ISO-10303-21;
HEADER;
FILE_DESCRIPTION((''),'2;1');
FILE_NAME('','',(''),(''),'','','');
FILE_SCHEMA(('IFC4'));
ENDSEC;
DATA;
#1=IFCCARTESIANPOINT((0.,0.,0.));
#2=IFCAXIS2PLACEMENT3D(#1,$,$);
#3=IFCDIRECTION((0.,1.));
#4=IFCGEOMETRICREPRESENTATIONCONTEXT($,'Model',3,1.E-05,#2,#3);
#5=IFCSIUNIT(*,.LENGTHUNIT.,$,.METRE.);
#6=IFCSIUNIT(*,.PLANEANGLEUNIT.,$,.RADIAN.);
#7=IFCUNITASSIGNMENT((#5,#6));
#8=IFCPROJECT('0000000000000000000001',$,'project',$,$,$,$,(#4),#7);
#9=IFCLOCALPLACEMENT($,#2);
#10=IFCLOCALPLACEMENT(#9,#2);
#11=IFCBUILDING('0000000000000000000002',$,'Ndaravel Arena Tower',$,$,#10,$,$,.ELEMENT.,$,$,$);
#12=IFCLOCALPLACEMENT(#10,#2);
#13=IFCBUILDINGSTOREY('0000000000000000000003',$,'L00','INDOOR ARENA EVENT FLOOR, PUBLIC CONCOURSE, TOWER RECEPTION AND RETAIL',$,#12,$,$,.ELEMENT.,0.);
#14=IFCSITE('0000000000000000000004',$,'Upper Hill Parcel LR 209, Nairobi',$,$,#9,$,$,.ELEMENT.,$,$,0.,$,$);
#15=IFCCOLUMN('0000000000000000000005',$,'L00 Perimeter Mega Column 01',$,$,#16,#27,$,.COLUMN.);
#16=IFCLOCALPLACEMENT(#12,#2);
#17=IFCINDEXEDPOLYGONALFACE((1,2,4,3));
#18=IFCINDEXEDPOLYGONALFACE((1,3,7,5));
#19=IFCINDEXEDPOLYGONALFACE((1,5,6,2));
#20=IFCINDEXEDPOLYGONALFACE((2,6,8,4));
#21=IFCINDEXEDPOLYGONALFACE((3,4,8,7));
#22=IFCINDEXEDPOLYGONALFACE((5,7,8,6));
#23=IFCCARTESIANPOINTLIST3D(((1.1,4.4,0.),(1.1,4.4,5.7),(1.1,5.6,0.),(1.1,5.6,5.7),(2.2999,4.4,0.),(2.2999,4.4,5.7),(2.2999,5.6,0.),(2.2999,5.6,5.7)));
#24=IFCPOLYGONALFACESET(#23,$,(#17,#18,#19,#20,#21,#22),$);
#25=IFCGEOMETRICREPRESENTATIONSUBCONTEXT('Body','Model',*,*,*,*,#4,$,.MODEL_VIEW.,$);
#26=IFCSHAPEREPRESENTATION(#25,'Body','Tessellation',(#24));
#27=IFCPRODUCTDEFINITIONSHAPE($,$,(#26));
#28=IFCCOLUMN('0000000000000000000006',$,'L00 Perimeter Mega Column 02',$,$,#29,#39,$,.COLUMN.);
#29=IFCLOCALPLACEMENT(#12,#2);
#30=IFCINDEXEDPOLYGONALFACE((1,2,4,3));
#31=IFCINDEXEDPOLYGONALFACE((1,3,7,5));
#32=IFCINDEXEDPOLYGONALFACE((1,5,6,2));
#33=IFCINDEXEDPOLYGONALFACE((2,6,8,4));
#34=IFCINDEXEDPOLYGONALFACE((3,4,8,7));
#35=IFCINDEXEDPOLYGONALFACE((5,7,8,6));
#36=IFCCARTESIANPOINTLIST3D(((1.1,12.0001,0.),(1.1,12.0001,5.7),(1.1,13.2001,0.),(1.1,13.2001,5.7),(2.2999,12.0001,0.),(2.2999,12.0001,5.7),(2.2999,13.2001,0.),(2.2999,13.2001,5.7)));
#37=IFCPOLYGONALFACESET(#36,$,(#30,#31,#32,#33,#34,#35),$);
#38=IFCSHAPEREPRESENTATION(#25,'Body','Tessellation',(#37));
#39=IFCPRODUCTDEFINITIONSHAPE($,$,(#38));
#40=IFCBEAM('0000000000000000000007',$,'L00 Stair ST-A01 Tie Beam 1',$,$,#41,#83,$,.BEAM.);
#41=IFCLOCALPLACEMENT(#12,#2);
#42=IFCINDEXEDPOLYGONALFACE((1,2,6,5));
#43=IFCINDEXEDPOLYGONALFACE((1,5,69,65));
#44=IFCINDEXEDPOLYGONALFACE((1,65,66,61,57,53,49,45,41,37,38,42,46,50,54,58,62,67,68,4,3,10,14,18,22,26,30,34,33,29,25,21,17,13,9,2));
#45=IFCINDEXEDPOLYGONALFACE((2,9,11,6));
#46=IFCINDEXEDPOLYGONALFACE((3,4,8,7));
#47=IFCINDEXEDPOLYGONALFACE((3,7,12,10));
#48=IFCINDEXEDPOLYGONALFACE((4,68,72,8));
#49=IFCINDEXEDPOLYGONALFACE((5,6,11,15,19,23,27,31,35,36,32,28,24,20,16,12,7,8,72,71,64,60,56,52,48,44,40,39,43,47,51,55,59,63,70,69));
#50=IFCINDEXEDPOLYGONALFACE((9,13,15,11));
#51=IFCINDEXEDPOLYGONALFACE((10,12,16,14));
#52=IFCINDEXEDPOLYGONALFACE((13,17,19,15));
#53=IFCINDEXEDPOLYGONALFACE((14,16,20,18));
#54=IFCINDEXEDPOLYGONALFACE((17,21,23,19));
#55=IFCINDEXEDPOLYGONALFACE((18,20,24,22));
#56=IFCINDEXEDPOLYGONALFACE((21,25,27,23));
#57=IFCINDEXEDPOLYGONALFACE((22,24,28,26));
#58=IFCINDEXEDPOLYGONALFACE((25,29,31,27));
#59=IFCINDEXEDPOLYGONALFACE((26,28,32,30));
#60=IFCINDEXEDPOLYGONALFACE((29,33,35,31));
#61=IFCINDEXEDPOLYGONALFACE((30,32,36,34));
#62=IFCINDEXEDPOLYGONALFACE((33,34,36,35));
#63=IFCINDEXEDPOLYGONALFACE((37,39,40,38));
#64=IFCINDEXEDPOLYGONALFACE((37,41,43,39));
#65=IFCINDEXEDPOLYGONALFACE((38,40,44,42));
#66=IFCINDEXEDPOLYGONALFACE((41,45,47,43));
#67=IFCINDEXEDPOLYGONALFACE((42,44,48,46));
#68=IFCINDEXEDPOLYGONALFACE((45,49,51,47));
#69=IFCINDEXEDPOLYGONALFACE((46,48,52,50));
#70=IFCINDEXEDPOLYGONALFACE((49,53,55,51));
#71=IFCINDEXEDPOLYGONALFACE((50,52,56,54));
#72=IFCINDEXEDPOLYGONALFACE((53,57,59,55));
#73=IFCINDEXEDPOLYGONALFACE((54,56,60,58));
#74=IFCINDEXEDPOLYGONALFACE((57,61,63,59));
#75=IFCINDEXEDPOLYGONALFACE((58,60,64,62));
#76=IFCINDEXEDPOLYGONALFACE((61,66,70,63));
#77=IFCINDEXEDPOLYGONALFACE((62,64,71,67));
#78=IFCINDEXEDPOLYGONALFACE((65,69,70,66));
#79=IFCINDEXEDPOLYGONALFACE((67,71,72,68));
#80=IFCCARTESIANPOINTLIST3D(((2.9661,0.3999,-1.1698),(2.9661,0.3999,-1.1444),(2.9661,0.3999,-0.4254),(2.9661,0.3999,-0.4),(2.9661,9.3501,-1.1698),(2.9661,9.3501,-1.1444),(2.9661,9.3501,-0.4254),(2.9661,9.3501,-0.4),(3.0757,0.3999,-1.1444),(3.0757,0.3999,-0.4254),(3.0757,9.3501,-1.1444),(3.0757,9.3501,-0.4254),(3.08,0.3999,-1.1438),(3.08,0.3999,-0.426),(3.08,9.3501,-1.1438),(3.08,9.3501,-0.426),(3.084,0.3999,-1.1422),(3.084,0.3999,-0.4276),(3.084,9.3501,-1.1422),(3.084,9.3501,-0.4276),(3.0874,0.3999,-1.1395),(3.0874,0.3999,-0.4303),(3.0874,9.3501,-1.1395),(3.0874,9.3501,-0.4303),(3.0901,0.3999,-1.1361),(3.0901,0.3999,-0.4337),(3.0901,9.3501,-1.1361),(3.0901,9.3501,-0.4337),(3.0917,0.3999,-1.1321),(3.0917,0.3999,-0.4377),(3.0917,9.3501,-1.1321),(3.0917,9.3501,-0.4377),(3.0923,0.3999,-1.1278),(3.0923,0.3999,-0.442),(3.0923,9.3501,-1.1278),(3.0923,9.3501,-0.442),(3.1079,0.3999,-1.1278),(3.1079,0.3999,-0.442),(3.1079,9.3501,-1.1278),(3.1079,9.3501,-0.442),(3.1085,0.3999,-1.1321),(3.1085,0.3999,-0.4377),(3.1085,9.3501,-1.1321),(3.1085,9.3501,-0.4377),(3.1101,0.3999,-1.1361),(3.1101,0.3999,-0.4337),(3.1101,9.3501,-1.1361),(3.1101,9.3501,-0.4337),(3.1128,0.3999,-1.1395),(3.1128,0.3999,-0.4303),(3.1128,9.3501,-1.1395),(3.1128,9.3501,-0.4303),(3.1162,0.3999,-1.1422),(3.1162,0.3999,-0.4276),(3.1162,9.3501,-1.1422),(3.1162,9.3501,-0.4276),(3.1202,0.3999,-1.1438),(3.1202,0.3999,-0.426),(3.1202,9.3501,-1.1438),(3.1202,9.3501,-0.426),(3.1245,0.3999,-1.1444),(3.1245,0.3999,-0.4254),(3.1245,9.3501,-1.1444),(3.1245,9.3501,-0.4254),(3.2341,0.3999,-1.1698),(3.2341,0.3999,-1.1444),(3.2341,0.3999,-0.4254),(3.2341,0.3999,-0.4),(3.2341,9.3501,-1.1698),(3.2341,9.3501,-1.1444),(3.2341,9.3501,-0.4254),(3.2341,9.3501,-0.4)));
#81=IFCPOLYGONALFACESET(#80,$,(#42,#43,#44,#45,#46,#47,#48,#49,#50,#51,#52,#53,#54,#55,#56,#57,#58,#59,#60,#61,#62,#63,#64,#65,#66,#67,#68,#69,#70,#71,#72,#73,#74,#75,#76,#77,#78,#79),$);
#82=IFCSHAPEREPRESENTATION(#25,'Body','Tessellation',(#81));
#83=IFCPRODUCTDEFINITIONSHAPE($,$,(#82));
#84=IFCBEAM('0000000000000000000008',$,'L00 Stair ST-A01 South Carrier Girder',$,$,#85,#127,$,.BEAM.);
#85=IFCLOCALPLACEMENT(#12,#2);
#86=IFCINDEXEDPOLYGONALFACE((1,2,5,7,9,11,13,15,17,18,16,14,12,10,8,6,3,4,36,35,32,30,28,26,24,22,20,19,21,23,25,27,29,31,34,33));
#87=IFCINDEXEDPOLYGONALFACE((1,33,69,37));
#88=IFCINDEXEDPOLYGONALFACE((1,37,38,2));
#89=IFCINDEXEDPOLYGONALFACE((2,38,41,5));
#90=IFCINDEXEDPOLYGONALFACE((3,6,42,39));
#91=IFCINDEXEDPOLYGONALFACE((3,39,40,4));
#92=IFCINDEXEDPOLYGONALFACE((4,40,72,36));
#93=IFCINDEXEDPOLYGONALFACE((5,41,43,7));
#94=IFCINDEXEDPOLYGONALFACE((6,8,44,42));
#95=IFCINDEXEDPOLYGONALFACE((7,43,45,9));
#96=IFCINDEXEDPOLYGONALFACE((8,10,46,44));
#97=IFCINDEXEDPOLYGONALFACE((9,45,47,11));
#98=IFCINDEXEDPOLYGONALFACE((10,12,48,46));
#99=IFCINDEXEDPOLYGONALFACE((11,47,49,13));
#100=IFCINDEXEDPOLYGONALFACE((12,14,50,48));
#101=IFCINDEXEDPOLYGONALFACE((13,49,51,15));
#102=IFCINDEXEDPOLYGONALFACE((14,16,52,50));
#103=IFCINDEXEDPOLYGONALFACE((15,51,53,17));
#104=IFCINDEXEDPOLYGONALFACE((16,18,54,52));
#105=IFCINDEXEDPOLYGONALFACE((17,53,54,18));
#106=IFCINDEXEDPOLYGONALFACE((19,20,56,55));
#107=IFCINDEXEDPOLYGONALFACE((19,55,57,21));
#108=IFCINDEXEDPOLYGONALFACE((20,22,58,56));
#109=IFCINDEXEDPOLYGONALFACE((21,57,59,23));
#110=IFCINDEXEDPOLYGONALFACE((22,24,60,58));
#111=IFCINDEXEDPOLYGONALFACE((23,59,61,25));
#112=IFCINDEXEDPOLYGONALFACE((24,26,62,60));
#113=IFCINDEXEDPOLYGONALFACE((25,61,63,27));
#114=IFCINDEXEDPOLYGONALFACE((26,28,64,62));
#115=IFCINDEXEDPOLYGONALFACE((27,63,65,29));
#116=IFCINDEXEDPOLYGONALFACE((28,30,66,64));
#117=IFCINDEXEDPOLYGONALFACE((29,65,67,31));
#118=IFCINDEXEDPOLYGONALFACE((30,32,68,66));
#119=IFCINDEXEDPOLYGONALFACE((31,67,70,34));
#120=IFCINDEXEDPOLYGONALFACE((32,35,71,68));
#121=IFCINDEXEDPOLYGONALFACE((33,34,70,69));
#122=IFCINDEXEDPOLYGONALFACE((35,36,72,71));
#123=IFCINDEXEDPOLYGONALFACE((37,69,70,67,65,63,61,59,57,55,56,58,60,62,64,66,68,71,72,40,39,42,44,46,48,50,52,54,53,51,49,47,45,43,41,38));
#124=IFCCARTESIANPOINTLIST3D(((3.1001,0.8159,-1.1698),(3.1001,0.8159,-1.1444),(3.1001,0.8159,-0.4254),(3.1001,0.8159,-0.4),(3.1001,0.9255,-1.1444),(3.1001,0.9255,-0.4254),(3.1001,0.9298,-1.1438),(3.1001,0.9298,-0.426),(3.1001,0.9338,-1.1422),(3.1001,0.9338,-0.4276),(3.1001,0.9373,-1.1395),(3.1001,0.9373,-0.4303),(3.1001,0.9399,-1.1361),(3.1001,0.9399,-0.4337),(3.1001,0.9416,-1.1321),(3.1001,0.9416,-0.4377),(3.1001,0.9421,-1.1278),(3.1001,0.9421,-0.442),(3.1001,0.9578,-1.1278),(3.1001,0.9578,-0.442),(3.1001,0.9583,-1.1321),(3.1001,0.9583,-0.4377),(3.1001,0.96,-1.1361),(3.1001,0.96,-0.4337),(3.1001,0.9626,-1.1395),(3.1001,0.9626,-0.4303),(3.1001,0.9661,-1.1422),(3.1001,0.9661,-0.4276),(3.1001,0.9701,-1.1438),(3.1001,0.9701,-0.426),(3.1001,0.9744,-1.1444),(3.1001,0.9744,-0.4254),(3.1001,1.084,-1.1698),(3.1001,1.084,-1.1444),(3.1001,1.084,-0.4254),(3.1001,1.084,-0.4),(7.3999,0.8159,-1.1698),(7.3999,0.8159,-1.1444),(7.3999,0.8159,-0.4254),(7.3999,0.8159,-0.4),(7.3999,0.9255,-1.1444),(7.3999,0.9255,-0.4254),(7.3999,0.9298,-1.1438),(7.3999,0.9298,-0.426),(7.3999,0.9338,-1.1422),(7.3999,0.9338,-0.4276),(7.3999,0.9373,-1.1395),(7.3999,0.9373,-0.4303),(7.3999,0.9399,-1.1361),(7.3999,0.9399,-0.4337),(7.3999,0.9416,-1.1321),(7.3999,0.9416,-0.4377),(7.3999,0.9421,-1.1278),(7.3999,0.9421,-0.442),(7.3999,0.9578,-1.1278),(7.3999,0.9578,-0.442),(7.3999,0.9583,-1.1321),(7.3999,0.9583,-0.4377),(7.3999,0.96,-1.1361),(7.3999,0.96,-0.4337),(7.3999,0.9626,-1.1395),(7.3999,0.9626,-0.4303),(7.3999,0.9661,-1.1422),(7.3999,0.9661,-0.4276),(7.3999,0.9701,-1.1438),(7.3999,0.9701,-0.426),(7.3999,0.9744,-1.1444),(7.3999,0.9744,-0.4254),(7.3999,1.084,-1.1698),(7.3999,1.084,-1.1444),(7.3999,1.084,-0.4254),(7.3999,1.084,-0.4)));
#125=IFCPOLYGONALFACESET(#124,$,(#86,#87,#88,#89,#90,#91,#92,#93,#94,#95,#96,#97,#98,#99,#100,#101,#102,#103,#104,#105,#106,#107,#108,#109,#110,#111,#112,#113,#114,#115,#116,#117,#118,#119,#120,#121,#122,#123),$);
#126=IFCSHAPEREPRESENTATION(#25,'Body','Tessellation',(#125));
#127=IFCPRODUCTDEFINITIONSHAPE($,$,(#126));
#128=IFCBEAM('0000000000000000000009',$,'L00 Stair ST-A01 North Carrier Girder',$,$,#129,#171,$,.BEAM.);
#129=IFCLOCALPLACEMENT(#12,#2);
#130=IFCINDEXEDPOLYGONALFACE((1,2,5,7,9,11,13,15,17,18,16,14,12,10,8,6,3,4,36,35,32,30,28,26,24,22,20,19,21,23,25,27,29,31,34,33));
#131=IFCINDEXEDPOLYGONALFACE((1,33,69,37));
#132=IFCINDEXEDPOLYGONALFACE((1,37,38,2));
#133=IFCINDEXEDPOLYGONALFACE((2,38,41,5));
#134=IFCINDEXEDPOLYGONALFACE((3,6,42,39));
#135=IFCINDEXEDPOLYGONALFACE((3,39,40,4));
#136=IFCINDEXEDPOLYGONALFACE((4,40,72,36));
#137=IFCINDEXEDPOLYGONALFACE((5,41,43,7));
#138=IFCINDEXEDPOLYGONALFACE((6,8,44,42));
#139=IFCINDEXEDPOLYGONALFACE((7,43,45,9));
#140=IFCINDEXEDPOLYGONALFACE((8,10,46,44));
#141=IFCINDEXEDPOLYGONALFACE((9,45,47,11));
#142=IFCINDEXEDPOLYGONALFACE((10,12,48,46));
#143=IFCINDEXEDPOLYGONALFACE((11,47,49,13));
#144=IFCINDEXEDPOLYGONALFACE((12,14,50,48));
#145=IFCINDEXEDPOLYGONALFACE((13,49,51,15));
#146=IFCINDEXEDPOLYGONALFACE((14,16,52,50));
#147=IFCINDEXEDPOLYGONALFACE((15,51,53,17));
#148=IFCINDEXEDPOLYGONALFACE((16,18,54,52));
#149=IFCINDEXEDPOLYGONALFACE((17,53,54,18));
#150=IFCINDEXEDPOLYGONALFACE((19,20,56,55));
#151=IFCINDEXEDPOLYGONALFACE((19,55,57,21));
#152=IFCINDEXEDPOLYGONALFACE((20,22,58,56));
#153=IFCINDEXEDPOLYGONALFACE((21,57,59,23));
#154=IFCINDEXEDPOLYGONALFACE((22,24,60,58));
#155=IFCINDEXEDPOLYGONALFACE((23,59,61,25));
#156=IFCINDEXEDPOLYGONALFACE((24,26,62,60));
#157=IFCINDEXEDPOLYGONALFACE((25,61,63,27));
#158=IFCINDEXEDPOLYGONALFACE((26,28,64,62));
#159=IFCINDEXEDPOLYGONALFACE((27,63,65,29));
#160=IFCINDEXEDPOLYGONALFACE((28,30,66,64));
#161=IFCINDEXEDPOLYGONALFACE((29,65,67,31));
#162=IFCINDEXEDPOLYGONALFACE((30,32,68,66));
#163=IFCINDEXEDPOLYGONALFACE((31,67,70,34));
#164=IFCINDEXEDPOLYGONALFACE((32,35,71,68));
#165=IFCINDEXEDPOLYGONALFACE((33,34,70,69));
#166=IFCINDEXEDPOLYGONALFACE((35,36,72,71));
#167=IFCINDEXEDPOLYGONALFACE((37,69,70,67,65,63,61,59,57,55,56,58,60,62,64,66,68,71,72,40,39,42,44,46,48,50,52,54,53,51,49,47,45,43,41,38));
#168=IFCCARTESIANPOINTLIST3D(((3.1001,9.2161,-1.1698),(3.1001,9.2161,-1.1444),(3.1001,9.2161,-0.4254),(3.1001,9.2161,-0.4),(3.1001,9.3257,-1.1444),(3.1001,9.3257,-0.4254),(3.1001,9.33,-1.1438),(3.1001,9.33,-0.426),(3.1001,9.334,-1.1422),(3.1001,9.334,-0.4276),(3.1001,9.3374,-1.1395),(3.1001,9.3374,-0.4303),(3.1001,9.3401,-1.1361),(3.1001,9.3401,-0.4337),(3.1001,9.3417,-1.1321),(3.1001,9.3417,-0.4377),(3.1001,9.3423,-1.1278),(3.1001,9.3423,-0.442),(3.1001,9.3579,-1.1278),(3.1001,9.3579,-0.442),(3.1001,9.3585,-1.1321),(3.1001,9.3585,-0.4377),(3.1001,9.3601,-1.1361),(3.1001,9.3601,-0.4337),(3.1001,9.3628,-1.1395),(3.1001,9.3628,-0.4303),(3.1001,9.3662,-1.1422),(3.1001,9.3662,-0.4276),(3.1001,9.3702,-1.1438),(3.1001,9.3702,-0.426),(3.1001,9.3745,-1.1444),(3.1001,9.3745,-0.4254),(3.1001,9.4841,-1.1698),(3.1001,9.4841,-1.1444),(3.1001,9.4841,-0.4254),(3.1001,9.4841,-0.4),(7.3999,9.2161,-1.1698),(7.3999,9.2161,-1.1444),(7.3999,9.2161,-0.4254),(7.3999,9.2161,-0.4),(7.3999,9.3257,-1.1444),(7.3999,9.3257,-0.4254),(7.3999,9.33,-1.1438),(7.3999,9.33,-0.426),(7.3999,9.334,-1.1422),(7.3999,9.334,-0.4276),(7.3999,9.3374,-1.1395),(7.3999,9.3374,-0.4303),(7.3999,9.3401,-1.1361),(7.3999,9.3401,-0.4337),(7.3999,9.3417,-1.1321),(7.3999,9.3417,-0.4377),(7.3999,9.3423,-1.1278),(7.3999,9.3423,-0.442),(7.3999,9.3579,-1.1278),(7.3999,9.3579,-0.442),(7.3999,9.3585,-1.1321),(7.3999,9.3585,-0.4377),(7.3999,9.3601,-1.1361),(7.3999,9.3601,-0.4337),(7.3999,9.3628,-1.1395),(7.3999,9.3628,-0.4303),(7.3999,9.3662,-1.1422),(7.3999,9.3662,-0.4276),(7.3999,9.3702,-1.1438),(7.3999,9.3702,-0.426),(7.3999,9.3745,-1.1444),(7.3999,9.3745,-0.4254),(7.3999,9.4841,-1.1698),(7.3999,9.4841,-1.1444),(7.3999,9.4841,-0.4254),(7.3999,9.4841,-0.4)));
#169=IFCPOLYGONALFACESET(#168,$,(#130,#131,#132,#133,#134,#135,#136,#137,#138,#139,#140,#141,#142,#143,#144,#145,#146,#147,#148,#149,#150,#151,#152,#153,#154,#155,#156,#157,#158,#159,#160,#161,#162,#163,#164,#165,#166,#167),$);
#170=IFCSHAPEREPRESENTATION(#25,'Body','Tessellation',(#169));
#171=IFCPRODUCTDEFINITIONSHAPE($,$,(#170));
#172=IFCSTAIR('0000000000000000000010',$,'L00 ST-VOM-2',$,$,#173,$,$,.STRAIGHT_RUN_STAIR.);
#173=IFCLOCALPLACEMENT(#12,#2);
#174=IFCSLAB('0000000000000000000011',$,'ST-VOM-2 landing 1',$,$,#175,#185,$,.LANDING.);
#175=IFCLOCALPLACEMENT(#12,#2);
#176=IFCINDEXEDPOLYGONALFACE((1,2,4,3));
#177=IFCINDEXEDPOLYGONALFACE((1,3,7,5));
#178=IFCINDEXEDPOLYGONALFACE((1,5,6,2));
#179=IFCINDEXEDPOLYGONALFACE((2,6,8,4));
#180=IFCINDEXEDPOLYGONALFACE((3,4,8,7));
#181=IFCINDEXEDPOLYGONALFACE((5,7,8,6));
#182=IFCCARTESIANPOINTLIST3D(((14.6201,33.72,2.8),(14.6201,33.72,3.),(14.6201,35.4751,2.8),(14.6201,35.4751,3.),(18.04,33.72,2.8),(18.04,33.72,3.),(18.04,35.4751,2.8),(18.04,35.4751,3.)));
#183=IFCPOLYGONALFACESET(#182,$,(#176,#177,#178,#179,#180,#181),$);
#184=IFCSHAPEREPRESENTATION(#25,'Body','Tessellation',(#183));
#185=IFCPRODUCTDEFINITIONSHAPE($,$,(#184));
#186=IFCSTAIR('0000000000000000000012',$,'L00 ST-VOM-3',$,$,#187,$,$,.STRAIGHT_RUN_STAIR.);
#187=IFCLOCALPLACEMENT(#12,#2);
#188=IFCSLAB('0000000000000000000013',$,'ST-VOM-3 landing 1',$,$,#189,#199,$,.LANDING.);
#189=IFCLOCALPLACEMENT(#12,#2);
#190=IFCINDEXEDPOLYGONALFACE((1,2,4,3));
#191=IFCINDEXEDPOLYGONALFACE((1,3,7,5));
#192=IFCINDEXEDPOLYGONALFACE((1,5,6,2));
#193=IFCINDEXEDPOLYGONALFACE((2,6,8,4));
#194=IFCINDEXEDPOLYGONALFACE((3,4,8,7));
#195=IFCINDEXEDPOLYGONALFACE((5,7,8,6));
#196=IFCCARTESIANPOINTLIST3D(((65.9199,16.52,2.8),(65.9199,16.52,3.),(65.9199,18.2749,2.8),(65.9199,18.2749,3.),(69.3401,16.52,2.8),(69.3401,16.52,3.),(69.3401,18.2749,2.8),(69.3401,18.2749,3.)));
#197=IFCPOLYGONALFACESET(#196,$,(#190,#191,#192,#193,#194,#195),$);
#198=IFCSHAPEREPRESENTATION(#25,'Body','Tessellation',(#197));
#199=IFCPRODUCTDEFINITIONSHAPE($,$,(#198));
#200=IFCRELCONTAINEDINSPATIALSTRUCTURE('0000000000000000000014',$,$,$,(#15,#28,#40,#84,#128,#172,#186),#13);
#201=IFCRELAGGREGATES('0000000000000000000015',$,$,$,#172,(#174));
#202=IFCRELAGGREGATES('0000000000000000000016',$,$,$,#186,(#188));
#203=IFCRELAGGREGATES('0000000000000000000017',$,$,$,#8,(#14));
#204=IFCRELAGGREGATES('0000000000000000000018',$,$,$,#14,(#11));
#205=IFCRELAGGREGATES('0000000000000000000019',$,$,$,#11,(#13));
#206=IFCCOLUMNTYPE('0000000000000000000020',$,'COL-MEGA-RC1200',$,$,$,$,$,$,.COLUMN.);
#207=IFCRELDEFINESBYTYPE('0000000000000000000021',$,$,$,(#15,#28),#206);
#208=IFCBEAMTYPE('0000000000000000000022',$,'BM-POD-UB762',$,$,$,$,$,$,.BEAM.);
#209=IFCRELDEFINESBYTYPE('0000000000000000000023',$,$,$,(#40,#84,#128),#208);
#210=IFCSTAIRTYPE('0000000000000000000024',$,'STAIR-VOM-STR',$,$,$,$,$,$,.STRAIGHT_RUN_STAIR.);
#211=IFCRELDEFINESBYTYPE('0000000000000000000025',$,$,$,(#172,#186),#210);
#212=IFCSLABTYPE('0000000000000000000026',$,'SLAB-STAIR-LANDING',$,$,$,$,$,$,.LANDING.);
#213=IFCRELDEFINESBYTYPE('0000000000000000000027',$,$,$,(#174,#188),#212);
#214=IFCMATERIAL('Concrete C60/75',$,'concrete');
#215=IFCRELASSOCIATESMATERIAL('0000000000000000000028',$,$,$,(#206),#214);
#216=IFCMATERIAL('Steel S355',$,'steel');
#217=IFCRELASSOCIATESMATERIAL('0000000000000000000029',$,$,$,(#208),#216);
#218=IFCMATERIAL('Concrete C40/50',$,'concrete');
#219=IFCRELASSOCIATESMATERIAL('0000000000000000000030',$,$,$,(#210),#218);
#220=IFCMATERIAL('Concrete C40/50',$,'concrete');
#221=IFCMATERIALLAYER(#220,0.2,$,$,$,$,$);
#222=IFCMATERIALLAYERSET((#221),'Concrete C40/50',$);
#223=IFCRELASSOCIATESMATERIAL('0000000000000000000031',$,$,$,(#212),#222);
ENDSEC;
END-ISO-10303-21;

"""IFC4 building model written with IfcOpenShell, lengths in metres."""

from ifc_helpers import new_model, si_unit, direction, frame, origin, origin_2d, place, context, subcontext, project, spatial, polyline, rectangle, i_section, outline, extrude, material, layer, layer_set, material_profile, profile_set, type_object, element, aggregate, save


model = new_model("IFC4")

# Units and contexts
model_context = context("Model", 3, precision=1e-05, world=origin(), true_north=direction((0.0, 1.0)))
body_context = subcontext(model_context, "Body", "Model", "MODEL_VIEW")
ifc_project = project(units=[si_unit("LENGTHUNIT", "METRE"), si_unit("PLANEANGLEUNIT", "RADIAN")], contexts=[model_context])

# Site, building, storey
site_placement = place(None, origin())
site = spatial("IfcSite", under=ifc_project, at=site_placement, Name="Upper Hill Parcel LR 209, Nairobi", CompositionType="ELEMENT", RefElevation=0.0)
building_placement = place(site_placement, origin())
building = spatial("IfcBuilding", under=site, at=building_placement, Name="Ndaravel Arena Tower", CompositionType="ELEMENT")
storey_placement = place(building_placement, origin())
storey = spatial("IfcBuildingStorey", under=building, at=storey_placement, Name="L00", Description="INDOOR ARENA EVENT FLOOR, PUBLIC CONCOURSE, TOWER RECEPTION AND RETAIL", CompositionType="ELEMENT", Elevation=0.0)

# Columns
ifc_material_1 = material(Name="Concrete C60/75", Category="concrete")
ifc_material_profile_1 = material_profile(ifc_material_1, rectangle(XDim=1.2, YDim=1.2, at=origin_2d()), Name="RC 1200x1200")
ifc_profile_set_1 = profile_set([ifc_material_profile_1], Name="Concrete C60/75")
column_type = type_object("IfcColumnType", Name="COL-MEGA-RC1200", PredefinedType="COLUMN", material=ifc_profile_set_1)
for number, where, z_axis, x_axis, name in (
    (1, (1.7, 5.0, 0.0), (0.0, 0.0, 1.0), (1.0, 0.0, 0.0), "L00 Perimeter Mega Column 01"),
    (2, (1.7, 12.6001, 0.0), (0.0, 0.0, 1.0), (1.0, 0.0, 0.0), "L00 Perimeter Mega Column 02"),
):
    element("IfcColumn", number, at=place(storey_placement, frame(where, z_axis=z_axis, x_axis=x_axis)), inside=storey, type_object=column_type, Name=name, PredefinedType="COLUMN", context=body_context, shape_type="SweptSolid", body=[
        extrude(rectangle(XDim=1.2, YDim=1.2, at=origin_2d()), origin(), (0.0, 0.0, 1.0), 5.7),
    ])

# Beams
ifc_material_2 = material(Name="Steel S355", Category="steel")
ifc_material_profile_2 = material_profile(ifc_material_2, i_section(OverallWidth=0.2681, OverallDepth=0.7698, WebThickness=0.0156, FlangeThickness=0.0254, FilletRadius=0.0166, at=origin_2d()), Name="UB 762x267x197")
ifc_profile_set_2 = profile_set([ifc_material_profile_2], Name="Steel S355")
beam_type = type_object("IfcBeamType", Name="BM-POD-UB762", PredefinedType="BEAM", material=ifc_profile_set_2)
beam_placement = place(storey_placement, frame((3.1001, 0.3999, -0.7849), z_axis=(0.0, 1.0, 0.0), x_axis=(-1.0, 0.0, 0.0)))
element("IfcBeam", 3, at=beam_placement, inside=storey, type_object=beam_type, Name="L00 Stair ST-A01 Tie Beam 1", PredefinedType="BEAM", context=body_context, shape_type="SweptSolid", body=[
    extrude(i_section(OverallWidth=0.2681, OverallDepth=0.7698, WebThickness=0.0156, FlangeThickness=0.0254, FilletRadius=0.0166, at=origin_2d()), origin(), (0.0, 0.0, 1.0), 8.9502),
])
for number, where, z_axis, x_axis, name in (
    (4, (3.1001, 0.95, -0.7849), (1.0, 0.0, 0.0), (0.0, 1.0, 0.0), "L00 Stair ST-A01 South Carrier Girder"),
    (5, (3.1001, 9.3501, -0.7849), (1.0, 0.0, 0.0), (0.0, 1.0, 0.0), "L00 Stair ST-A01 North Carrier Girder"),
):
    element("IfcBeam", number, at=place(storey_placement, frame(where, z_axis=z_axis, x_axis=x_axis)), inside=storey, type_object=beam_type, Name=name, PredefinedType="BEAM", context=body_context, shape_type="SweptSolid", body=[
        extrude(i_section(OverallWidth=0.2681, OverallDepth=0.7698, WebThickness=0.0156, FlangeThickness=0.0254, FilletRadius=0.0166, at=origin_2d()), origin(), (0.0, 0.0, 1.0), 4.2998),
    ])

# Stairs, slabs
ifc_material_3 = material(Name="Concrete C40/50", Category="concrete")
stair_type = type_object("IfcStairType", Name="STAIR-VOM-STR", PredefinedType="STRAIGHT_RUN_STAIR", material=ifc_material_3)
stair_1_placement = place(storey_placement, origin())
stair_1 = element("IfcStair", 6, at=stair_1_placement, inside=storey, type_object=stair_type, Name="L00 ST-VOM-2", PredefinedType="STRAIGHT_RUN_STAIR")
ifc_material_4 = material(Name="Concrete C40/50", Category="concrete")
ifc_layer_1 = layer(ifc_material_4, 0.2)
ifc_layer_set_1 = layer_set([ifc_layer_1], Name="Concrete C40/50")
slab_type = type_object("IfcSlabType", Name="SLAB-STAIR-LANDING", PredefinedType="LANDING", material=ifc_layer_set_1)
slab_1_placement = place(storey_placement, frame((0.0, 0.0, 2.8)))
slab_1 = element("IfcSlab", 7, at=slab_1_placement, type_object=slab_type, Name="ST-VOM-2 landing 1", PredefinedType="LANDING", context=body_context, shape_type="SweptSolid", body=[
    extrude(outline(polyline([(14.6201, 35.4751), (14.6201, 33.72), (18.04, 33.72), (18.04, 35.4751), (14.6201, 35.4751)])), origin(), (0.0, 0.0, 1.0), 0.2),
])
aggregate(stair_1, [slab_1])
stair_2_placement = place(storey_placement, origin())
stair_2 = element("IfcStair", 8, at=stair_2_placement, inside=storey, type_object=stair_type, Name="L00 ST-VOM-3", PredefinedType="STRAIGHT_RUN_STAIR")
slab_2_placement = place(storey_placement, frame((0.0, 0.0, 2.8)))
slab_2 = element("IfcSlab", 9, at=slab_2_placement, type_object=slab_type, Name="ST-VOM-3 landing 1", PredefinedType="LANDING", context=body_context, shape_type="SweptSolid", body=[
    extrude(outline(polyline([(65.9199, 18.2749), (65.9199, 16.52), (69.3401, 16.52), (69.3401, 18.2749), (65.9199, 18.2749)])), origin(), (0.0, 0.0, 1.0), 0.2),
])
aggregate(stair_2, [slab_2])

save(model, "model.ifc")
